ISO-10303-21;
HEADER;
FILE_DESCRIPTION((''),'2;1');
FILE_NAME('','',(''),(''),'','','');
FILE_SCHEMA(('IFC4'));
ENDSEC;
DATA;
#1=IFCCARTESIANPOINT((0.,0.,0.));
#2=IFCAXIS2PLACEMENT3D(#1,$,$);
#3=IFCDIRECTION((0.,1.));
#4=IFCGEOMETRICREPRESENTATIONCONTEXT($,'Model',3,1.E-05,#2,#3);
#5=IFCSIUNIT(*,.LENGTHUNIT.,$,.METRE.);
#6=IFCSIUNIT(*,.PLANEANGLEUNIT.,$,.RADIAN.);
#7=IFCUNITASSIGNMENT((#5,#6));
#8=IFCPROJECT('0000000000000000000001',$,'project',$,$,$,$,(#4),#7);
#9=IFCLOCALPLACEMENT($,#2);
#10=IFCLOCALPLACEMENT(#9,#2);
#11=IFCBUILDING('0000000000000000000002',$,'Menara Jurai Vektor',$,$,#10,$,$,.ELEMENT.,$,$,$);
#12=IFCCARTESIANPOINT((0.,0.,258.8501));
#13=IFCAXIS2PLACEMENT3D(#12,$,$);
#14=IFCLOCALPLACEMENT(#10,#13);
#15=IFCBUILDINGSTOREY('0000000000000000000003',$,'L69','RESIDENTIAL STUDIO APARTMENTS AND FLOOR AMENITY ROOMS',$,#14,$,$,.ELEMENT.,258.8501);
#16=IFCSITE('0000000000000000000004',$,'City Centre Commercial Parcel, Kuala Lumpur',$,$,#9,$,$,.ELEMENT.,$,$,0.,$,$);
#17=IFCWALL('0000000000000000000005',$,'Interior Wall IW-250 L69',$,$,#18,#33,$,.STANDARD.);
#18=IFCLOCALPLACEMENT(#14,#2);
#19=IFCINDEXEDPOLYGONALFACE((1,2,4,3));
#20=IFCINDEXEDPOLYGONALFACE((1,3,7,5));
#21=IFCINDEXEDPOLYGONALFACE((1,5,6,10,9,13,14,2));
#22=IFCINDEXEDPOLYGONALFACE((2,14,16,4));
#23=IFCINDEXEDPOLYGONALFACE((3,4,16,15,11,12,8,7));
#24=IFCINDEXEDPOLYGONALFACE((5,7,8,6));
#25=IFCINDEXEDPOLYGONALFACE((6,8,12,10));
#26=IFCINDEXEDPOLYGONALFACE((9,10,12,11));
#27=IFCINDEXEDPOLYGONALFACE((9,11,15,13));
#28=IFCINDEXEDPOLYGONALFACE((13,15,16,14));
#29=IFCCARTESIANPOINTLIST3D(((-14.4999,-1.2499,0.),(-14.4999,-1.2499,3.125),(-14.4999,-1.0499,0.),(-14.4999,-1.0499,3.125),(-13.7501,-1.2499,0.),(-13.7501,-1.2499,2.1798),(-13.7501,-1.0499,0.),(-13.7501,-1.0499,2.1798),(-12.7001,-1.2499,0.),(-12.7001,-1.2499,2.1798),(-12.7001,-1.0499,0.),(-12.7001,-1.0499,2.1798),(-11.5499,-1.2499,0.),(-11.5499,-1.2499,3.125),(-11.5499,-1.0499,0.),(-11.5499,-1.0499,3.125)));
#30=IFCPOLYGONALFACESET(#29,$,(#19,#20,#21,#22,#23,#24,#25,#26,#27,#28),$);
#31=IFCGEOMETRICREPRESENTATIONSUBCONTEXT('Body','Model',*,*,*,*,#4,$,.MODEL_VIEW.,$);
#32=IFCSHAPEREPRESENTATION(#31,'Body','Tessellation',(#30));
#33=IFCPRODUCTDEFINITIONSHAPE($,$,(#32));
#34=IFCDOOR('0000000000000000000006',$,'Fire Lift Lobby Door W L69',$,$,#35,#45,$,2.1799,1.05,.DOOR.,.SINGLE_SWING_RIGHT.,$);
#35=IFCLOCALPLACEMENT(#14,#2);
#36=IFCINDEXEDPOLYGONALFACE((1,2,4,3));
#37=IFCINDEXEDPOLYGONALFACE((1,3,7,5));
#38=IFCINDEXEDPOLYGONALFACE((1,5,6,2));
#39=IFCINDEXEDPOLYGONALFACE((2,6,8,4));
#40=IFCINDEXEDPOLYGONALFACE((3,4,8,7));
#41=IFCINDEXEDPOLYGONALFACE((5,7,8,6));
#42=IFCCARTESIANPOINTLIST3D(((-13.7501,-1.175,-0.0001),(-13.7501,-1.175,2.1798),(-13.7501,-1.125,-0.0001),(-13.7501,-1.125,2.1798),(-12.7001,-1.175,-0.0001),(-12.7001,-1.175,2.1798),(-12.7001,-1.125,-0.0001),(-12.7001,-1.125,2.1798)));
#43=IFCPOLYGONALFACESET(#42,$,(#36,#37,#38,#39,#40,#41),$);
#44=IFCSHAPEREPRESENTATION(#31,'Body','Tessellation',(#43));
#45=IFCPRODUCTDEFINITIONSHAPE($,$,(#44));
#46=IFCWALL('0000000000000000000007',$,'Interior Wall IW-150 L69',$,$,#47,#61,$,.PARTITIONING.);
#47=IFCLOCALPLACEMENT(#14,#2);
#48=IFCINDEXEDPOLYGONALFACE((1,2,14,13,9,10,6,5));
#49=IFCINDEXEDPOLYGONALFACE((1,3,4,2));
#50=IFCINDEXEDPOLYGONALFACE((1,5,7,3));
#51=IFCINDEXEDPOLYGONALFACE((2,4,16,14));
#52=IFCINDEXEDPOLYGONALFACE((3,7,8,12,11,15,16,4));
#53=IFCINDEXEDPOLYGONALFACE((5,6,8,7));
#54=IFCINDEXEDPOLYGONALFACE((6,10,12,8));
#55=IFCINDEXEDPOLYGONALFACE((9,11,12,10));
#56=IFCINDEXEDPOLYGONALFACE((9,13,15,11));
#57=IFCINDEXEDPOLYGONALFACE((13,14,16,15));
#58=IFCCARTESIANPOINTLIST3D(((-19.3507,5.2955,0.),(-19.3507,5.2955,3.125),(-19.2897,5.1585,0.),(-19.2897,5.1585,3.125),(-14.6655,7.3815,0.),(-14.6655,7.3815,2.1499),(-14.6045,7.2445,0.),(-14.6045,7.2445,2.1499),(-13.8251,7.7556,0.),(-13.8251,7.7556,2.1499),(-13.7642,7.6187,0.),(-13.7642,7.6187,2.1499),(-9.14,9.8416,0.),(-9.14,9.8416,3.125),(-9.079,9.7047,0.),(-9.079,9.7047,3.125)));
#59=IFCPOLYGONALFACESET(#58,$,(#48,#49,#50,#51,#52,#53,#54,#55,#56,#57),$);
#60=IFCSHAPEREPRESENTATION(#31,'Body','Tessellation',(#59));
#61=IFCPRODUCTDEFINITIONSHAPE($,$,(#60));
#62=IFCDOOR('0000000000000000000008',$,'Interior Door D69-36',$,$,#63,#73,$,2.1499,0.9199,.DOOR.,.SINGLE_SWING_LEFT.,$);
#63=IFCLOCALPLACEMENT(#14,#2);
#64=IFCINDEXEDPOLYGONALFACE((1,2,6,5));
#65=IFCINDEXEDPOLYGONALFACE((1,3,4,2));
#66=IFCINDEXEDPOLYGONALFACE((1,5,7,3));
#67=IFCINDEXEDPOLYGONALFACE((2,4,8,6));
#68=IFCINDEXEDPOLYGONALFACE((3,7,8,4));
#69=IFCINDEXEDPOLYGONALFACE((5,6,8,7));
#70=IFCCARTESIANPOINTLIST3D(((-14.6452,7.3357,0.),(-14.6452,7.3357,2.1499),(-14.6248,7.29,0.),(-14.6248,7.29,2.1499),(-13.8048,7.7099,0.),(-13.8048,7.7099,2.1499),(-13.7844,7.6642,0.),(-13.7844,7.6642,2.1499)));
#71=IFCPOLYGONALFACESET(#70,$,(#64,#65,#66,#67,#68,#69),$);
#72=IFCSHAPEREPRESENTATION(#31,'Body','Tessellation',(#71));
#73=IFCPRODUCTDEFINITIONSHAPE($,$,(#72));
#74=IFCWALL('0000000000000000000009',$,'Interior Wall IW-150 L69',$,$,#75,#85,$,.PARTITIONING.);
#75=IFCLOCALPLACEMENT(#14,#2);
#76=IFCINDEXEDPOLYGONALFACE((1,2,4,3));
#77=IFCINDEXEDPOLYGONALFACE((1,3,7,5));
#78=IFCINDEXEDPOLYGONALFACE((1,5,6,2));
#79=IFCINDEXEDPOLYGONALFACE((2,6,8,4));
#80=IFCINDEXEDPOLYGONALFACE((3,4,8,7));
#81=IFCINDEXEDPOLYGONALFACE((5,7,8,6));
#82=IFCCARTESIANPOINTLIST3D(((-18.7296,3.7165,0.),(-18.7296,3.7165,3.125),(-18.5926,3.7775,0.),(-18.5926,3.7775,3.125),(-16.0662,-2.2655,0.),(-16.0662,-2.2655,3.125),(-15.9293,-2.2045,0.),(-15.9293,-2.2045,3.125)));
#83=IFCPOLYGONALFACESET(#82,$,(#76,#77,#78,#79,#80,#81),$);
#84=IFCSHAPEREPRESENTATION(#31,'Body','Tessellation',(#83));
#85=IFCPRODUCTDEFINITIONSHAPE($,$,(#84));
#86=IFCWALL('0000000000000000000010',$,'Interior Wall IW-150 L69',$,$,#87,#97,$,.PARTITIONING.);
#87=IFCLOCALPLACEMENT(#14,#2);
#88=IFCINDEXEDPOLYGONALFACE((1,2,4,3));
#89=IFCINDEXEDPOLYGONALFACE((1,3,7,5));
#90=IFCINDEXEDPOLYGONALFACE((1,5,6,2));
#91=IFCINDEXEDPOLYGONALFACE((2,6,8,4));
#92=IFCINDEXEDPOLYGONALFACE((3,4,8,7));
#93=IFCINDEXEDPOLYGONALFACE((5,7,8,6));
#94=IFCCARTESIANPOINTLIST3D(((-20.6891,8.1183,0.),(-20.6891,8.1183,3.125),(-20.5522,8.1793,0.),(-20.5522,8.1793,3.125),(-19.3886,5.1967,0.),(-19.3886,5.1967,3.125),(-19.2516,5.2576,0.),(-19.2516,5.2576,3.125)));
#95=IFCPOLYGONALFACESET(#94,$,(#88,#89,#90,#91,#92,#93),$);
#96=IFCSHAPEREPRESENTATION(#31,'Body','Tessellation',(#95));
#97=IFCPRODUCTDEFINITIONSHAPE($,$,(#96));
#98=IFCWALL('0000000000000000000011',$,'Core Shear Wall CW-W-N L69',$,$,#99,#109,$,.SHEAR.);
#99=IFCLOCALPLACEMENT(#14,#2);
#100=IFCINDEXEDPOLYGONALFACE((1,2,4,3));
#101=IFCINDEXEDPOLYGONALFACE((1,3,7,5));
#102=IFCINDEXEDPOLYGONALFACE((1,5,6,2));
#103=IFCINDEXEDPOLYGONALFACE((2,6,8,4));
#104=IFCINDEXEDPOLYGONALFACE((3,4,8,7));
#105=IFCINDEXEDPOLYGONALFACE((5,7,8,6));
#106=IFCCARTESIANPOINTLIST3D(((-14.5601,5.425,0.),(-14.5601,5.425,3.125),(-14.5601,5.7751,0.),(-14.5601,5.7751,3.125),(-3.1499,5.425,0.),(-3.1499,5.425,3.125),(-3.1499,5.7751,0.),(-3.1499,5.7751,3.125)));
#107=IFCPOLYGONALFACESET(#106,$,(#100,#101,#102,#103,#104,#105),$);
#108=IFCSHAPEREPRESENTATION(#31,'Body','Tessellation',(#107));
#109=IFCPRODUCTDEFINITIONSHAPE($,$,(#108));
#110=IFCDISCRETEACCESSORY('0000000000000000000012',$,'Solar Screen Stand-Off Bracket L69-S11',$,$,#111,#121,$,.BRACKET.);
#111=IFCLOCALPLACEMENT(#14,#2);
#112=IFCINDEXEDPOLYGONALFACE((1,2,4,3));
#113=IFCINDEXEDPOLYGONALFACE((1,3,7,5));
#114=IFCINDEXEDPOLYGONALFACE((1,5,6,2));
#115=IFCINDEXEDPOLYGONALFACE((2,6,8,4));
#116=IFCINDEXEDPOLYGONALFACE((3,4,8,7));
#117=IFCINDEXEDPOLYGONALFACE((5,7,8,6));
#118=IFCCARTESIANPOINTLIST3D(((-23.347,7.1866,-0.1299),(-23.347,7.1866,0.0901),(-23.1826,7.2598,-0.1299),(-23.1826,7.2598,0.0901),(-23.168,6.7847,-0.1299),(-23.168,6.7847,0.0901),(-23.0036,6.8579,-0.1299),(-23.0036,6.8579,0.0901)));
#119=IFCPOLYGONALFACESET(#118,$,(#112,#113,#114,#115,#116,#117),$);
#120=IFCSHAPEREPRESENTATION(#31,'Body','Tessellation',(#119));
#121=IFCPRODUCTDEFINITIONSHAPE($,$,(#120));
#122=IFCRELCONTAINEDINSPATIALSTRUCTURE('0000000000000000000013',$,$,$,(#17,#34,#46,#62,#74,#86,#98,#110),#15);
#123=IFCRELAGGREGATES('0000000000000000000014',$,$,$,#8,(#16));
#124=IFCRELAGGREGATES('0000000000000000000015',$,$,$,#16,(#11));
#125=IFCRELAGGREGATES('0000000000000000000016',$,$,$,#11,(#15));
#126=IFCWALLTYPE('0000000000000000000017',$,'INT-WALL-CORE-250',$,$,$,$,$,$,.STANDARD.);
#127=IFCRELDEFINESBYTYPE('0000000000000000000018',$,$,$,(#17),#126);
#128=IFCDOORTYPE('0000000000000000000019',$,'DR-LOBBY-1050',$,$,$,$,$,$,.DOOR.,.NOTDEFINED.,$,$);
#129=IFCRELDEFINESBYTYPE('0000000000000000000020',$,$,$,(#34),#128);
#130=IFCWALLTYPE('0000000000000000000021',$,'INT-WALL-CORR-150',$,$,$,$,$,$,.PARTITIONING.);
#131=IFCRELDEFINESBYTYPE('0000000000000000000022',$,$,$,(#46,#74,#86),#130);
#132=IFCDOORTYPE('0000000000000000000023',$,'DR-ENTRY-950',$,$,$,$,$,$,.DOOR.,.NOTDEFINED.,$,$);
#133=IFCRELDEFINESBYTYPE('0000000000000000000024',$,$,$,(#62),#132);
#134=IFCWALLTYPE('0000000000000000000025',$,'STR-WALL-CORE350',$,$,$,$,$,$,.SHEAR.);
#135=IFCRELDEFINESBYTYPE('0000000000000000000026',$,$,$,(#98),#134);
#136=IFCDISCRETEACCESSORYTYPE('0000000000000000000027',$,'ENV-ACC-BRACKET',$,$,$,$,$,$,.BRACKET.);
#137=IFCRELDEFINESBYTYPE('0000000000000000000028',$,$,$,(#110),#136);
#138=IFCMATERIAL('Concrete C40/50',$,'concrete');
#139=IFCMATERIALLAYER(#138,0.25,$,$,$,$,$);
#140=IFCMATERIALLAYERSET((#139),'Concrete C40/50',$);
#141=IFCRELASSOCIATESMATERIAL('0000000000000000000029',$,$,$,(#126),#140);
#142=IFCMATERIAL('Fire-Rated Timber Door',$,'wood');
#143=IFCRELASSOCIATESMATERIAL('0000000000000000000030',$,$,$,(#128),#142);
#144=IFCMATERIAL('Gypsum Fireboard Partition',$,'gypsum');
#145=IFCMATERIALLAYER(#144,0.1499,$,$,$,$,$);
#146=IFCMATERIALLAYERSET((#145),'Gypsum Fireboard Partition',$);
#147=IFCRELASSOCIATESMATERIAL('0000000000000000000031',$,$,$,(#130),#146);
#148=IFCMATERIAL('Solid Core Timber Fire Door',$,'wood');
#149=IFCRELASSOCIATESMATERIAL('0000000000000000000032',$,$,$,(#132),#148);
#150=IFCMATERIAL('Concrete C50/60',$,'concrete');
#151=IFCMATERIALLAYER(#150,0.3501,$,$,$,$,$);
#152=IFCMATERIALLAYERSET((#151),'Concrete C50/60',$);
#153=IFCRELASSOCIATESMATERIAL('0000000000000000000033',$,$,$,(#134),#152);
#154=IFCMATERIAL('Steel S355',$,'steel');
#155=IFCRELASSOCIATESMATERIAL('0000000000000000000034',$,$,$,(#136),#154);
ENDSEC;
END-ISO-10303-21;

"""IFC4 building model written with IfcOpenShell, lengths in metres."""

from ifc_helpers import new_model, si_unit, direction, frame, frame_2d, origin, origin_2d, place, context, subcontext, project, spatial, rectangle, extrude, material, layer, layer_set, type_object, element, fill, save


model = new_model("IFC4")

# Units and contexts
model_context = context("Model", 3, precision=1e-05, world=origin(), true_north=direction((0.0, 1.0)))
body_context = subcontext(model_context, "Body", "Model", "MODEL_VIEW")
ifc_project = project(units=[si_unit("LENGTHUNIT", "METRE"), si_unit("PLANEANGLEUNIT", "RADIAN")], contexts=[model_context])

# Site, building, storey
site_placement = place(None, origin())
site = spatial("IfcSite", under=ifc_project, at=site_placement, Name="City Centre Commercial Parcel, Kuala Lumpur", CompositionType="ELEMENT", RefElevation=0.0)
building_placement = place(site_placement, origin())
building = spatial("IfcBuilding", under=site, at=building_placement, Name="Menara Jurai Vektor", CompositionType="ELEMENT")
storey_placement = place(building_placement, frame((0.0, 0.0, 258.8501)))
storey = spatial("IfcBuildingStorey", under=building, at=storey_placement, Name="L69", Description="RESIDENTIAL STUDIO APARTMENTS AND FLOOR AMENITY ROOMS", CompositionType="ELEMENT", Elevation=258.8501)

# Shared definitions
ifc_material_1 = material(Name="Concrete C50/60", Category="concrete")

# Shared definitions
ifc_material_2 = material(Name="Steel S355", Category="steel")

# Walls, openings, doors
ifc_material_3 = material(Name="Concrete C40/50", Category="concrete")
ifc_layer_1 = layer(ifc_material_3, 0.25)
ifc_layer_set_1 = layer_set([ifc_layer_1], Name="Concrete C40/50")
wall_type_1 = type_object("IfcWallType", Name="INT-WALL-CORE-250", PredefinedType="STANDARD", material=ifc_layer_set_1)
wall_1_placement = place(storey_placement, frame((-14.5, -1.1499, 0.0), z_axis=(0.0, 0.0, 1.0), x_axis=(1.0, 0.0, 0.0)))
wall_1 = element("IfcWall", 1, at=wall_1_placement, inside=storey, type_object=wall_type_1, Name="Interior Wall IW-250 L69", PredefinedType="STANDARD", context=body_context, shape_type="SweptSolid", body=[
    extrude(rectangle(XDim=2.95, YDim=0.2, at=frame_2d((1.4751, 0.0))), origin(), (0.0, 0.0, 1.0), 3.125),
])
opening_1_placement = place(wall_1_placement, frame((0.75, 0.0, 0.0)))
opening_1 = element("IfcOpeningElement", 2, at=opening_1_placement, cuts=wall_1, PredefinedType="OPENING", context=body_context, shape_type="SweptSolid", body=[
    extrude(rectangle(XDim=1.05, YDim=2.1799, at=frame_2d((0.5249, 1.0898))), frame((0.0, 0.1099, 0.0), z_axis=(0.0, -1.0, 0.0), x_axis=(1.0, 0.0, 0.0)), (0.0, 0.0, 1.0), 0.22),
])
ifc_material_4 = material(Name="Fire-Rated Timber Door", Category="wood")
door_type_1 = type_object("IfcDoorType", Name="DR-LOBBY-1050", OperationType="NOTDEFINED", PredefinedType="DOOR", material=ifc_material_4)
door_1_placement = place(opening_1_placement, origin())
door_1 = element("IfcDoor", 3, at=door_1_placement, inside=storey, type_object=door_type_1, Name="Fire Lift Lobby Door W L69", OperationType="SINGLE_SWING_RIGHT", OverallHeight=2.1799, OverallWidth=1.05, PredefinedType="DOOR", context=body_context, shape_type="SweptSolid", body=[
    extrude(rectangle(XDim=1.05, YDim=2.1799, at=frame_2d((0.5249, 1.0898))), frame((0.0, 0.0249, 0.0), z_axis=(0.0, -1.0, 0.0), x_axis=(1.0, 0.0, 0.0)), (0.0, 0.0, 1.0), 0.05),
])
fill(opening_1, door_1)
ifc_material_5 = material(Name="Gypsum Fireboard Partition", Category="gypsum")
ifc_layer_2 = layer(ifc_material_5, 0.1499)
ifc_layer_set_2 = layer_set([ifc_layer_2], Name="Gypsum Fireboard Partition")
wall_type_2 = type_object("IfcWallType", Name="INT-WALL-CORR-150", PredefinedType="PARTITIONING", material=ifc_layer_set_2)
ifc_material_6 = material(Name="Solid Core Timber Fire Door", Category="wood")
door_type_2 = type_object("IfcDoorType", Name="DR-ENTRY-950", OperationType="NOTDEFINED", PredefinedType="DOOR", material=ifc_material_6)
wall_2_placement = place(storey_placement, frame((-19.3201, 5.2271, 0.0), z_axis=(0.0, 0.0, 1.0), x_axis=(0.913544, 0.40674, 0.0)))
wall_2 = element("IfcWall", 4, at=wall_2_placement, inside=storey, type_object=wall_type_2, Name="Interior Wall IW-150 L69", PredefinedType="PARTITIONING", context=body_context, shape_type="SweptSolid", body=[
    extrude(rectangle(XDim=11.177, YDim=0.1499, at=frame_2d((5.5884, 0.0))), origin(), (0.0, 0.0, 1.0), 3.125),
])
opening_2_placement = place(wall_2_placement, frame((5.1284, 0.0, 0.0)))
opening_2 = element("IfcOpeningElement", 5, at=opening_2_placement, cuts=wall_2, PredefinedType="OPENING", context=body_context, shape_type="SweptSolid", body=[
    extrude(rectangle(XDim=0.9199, YDim=2.1499, at=frame_2d((0.46, 1.075))), frame((0.0, 0.085, 0.0), z_axis=(0.0, -1.0, 0.0), x_axis=(1.0, 0.0, 0.0)), (0.0, 0.0, 1.0), 0.1699),
])
door_2_placement = place(opening_2_placement, origin())
door_2 = element("IfcDoor", 6, at=door_2_placement, inside=storey, type_object=door_type_2, Name="Interior Door D69-36", OperationType="SINGLE_SWING_LEFT", OverallHeight=2.1499, OverallWidth=0.9199, PredefinedType="DOOR", context=body_context, shape_type="SweptSolid", body=[
    extrude(rectangle(XDim=0.9199, YDim=2.1499, at=frame_2d((0.46, 1.075))), frame((0.0, 0.0249, 0.0), z_axis=(0.0, -1.0, 0.0), x_axis=(1.0, 0.0, 0.0)), (0.0, 0.0, 1.0), 0.05),
])
fill(opening_2, door_2)

# Walls
wall_3_placement = place(storey_placement, frame((-15.9978, -2.2349, 0.0), z_axis=(0.0, 0.0, 1.0), x_axis=(-0.406737, 0.913545, 0.0)))
element("IfcWall", 7, at=wall_3_placement, inside=storey, type_object=wall_type_2, Name="Interior Wall IW-150 L69", PredefinedType="PARTITIONING", context=body_context, shape_type="SweptSolid", body=[
    extrude(rectangle(XDim=6.5481, YDim=0.1499, at=frame_2d((3.2739, 0.0))), origin(), (0.0, 0.0, 1.0), 3.125),
])
wall_4_placement = place(storey_placement, frame((-19.3201, 5.2271, 0.0), z_axis=(0.0, 0.0, 1.0), x_axis=(-0.40667, 0.913575, 0.0)))
element("IfcWall", 8, at=wall_4_placement, inside=storey, type_object=wall_type_2, Name="Interior Wall IW-150 L69", PredefinedType="PARTITIONING", context=body_context, shape_type="SweptSolid", body=[
    extrude(rectangle(XDim=3.198, YDim=0.1499, at=frame_2d((1.5991, 0.0))), origin(), (0.0, 0.0, 1.0), 3.125),
])
ifc_layer_3 = layer(ifc_material_1, 0.3501)
ifc_layer_set_3 = layer_set([ifc_layer_3], Name="Concrete C50/60")
wall_type_3 = type_object("IfcWallType", Name="STR-WALL-CORE350", PredefinedType="SHEAR", material=ifc_layer_set_3)
wall_5_placement = place(storey_placement, frame((-14.5601, 5.6001, 0.0), z_axis=(0.0, 0.0, 1.0), x_axis=(1.0, 0.0, 0.0)))
element("IfcWall", 9, at=wall_5_placement, inside=storey, type_object=wall_type_3, Name="Core Shear Wall CW-W-N L69", PredefinedType="SHEAR", context=body_context, shape_type="SweptSolid", body=[
    extrude(rectangle(XDim=11.4102, YDim=0.3501, at=frame_2d((5.7051, 0.0))), origin(), (0.0, 0.0, 1.0), 3.125),
])

# Discrete accessory
discrete_accessory_type = type_object("IfcDiscreteAccessoryType", Name="ENV-ACC-BRACKET", PredefinedType="BRACKET", material=ifc_material_2)
discrete_accessory_placement = place(storey_placement, frame((-23.1753, 7.0222, -0.1299), z_axis=(0.0, 0.0, 1.0), x_axis=(-0.913545, -0.406737, 0.0)))
element("IfcDiscreteAccessory", 10, at=discrete_accessory_placement, inside=storey, type_object=discrete_accessory_type, Name="Solar Screen Stand-Off Bracket L69-S11", PredefinedType="BRACKET", context=body_context, shape_type="SweptSolid", body=[
    extrude(rectangle(XDim=0.1799, YDim=0.4399, at=origin_2d()), origin(), (0.0, 0.0, 1.0), 0.22),
])

save(model, "model.ifc")
